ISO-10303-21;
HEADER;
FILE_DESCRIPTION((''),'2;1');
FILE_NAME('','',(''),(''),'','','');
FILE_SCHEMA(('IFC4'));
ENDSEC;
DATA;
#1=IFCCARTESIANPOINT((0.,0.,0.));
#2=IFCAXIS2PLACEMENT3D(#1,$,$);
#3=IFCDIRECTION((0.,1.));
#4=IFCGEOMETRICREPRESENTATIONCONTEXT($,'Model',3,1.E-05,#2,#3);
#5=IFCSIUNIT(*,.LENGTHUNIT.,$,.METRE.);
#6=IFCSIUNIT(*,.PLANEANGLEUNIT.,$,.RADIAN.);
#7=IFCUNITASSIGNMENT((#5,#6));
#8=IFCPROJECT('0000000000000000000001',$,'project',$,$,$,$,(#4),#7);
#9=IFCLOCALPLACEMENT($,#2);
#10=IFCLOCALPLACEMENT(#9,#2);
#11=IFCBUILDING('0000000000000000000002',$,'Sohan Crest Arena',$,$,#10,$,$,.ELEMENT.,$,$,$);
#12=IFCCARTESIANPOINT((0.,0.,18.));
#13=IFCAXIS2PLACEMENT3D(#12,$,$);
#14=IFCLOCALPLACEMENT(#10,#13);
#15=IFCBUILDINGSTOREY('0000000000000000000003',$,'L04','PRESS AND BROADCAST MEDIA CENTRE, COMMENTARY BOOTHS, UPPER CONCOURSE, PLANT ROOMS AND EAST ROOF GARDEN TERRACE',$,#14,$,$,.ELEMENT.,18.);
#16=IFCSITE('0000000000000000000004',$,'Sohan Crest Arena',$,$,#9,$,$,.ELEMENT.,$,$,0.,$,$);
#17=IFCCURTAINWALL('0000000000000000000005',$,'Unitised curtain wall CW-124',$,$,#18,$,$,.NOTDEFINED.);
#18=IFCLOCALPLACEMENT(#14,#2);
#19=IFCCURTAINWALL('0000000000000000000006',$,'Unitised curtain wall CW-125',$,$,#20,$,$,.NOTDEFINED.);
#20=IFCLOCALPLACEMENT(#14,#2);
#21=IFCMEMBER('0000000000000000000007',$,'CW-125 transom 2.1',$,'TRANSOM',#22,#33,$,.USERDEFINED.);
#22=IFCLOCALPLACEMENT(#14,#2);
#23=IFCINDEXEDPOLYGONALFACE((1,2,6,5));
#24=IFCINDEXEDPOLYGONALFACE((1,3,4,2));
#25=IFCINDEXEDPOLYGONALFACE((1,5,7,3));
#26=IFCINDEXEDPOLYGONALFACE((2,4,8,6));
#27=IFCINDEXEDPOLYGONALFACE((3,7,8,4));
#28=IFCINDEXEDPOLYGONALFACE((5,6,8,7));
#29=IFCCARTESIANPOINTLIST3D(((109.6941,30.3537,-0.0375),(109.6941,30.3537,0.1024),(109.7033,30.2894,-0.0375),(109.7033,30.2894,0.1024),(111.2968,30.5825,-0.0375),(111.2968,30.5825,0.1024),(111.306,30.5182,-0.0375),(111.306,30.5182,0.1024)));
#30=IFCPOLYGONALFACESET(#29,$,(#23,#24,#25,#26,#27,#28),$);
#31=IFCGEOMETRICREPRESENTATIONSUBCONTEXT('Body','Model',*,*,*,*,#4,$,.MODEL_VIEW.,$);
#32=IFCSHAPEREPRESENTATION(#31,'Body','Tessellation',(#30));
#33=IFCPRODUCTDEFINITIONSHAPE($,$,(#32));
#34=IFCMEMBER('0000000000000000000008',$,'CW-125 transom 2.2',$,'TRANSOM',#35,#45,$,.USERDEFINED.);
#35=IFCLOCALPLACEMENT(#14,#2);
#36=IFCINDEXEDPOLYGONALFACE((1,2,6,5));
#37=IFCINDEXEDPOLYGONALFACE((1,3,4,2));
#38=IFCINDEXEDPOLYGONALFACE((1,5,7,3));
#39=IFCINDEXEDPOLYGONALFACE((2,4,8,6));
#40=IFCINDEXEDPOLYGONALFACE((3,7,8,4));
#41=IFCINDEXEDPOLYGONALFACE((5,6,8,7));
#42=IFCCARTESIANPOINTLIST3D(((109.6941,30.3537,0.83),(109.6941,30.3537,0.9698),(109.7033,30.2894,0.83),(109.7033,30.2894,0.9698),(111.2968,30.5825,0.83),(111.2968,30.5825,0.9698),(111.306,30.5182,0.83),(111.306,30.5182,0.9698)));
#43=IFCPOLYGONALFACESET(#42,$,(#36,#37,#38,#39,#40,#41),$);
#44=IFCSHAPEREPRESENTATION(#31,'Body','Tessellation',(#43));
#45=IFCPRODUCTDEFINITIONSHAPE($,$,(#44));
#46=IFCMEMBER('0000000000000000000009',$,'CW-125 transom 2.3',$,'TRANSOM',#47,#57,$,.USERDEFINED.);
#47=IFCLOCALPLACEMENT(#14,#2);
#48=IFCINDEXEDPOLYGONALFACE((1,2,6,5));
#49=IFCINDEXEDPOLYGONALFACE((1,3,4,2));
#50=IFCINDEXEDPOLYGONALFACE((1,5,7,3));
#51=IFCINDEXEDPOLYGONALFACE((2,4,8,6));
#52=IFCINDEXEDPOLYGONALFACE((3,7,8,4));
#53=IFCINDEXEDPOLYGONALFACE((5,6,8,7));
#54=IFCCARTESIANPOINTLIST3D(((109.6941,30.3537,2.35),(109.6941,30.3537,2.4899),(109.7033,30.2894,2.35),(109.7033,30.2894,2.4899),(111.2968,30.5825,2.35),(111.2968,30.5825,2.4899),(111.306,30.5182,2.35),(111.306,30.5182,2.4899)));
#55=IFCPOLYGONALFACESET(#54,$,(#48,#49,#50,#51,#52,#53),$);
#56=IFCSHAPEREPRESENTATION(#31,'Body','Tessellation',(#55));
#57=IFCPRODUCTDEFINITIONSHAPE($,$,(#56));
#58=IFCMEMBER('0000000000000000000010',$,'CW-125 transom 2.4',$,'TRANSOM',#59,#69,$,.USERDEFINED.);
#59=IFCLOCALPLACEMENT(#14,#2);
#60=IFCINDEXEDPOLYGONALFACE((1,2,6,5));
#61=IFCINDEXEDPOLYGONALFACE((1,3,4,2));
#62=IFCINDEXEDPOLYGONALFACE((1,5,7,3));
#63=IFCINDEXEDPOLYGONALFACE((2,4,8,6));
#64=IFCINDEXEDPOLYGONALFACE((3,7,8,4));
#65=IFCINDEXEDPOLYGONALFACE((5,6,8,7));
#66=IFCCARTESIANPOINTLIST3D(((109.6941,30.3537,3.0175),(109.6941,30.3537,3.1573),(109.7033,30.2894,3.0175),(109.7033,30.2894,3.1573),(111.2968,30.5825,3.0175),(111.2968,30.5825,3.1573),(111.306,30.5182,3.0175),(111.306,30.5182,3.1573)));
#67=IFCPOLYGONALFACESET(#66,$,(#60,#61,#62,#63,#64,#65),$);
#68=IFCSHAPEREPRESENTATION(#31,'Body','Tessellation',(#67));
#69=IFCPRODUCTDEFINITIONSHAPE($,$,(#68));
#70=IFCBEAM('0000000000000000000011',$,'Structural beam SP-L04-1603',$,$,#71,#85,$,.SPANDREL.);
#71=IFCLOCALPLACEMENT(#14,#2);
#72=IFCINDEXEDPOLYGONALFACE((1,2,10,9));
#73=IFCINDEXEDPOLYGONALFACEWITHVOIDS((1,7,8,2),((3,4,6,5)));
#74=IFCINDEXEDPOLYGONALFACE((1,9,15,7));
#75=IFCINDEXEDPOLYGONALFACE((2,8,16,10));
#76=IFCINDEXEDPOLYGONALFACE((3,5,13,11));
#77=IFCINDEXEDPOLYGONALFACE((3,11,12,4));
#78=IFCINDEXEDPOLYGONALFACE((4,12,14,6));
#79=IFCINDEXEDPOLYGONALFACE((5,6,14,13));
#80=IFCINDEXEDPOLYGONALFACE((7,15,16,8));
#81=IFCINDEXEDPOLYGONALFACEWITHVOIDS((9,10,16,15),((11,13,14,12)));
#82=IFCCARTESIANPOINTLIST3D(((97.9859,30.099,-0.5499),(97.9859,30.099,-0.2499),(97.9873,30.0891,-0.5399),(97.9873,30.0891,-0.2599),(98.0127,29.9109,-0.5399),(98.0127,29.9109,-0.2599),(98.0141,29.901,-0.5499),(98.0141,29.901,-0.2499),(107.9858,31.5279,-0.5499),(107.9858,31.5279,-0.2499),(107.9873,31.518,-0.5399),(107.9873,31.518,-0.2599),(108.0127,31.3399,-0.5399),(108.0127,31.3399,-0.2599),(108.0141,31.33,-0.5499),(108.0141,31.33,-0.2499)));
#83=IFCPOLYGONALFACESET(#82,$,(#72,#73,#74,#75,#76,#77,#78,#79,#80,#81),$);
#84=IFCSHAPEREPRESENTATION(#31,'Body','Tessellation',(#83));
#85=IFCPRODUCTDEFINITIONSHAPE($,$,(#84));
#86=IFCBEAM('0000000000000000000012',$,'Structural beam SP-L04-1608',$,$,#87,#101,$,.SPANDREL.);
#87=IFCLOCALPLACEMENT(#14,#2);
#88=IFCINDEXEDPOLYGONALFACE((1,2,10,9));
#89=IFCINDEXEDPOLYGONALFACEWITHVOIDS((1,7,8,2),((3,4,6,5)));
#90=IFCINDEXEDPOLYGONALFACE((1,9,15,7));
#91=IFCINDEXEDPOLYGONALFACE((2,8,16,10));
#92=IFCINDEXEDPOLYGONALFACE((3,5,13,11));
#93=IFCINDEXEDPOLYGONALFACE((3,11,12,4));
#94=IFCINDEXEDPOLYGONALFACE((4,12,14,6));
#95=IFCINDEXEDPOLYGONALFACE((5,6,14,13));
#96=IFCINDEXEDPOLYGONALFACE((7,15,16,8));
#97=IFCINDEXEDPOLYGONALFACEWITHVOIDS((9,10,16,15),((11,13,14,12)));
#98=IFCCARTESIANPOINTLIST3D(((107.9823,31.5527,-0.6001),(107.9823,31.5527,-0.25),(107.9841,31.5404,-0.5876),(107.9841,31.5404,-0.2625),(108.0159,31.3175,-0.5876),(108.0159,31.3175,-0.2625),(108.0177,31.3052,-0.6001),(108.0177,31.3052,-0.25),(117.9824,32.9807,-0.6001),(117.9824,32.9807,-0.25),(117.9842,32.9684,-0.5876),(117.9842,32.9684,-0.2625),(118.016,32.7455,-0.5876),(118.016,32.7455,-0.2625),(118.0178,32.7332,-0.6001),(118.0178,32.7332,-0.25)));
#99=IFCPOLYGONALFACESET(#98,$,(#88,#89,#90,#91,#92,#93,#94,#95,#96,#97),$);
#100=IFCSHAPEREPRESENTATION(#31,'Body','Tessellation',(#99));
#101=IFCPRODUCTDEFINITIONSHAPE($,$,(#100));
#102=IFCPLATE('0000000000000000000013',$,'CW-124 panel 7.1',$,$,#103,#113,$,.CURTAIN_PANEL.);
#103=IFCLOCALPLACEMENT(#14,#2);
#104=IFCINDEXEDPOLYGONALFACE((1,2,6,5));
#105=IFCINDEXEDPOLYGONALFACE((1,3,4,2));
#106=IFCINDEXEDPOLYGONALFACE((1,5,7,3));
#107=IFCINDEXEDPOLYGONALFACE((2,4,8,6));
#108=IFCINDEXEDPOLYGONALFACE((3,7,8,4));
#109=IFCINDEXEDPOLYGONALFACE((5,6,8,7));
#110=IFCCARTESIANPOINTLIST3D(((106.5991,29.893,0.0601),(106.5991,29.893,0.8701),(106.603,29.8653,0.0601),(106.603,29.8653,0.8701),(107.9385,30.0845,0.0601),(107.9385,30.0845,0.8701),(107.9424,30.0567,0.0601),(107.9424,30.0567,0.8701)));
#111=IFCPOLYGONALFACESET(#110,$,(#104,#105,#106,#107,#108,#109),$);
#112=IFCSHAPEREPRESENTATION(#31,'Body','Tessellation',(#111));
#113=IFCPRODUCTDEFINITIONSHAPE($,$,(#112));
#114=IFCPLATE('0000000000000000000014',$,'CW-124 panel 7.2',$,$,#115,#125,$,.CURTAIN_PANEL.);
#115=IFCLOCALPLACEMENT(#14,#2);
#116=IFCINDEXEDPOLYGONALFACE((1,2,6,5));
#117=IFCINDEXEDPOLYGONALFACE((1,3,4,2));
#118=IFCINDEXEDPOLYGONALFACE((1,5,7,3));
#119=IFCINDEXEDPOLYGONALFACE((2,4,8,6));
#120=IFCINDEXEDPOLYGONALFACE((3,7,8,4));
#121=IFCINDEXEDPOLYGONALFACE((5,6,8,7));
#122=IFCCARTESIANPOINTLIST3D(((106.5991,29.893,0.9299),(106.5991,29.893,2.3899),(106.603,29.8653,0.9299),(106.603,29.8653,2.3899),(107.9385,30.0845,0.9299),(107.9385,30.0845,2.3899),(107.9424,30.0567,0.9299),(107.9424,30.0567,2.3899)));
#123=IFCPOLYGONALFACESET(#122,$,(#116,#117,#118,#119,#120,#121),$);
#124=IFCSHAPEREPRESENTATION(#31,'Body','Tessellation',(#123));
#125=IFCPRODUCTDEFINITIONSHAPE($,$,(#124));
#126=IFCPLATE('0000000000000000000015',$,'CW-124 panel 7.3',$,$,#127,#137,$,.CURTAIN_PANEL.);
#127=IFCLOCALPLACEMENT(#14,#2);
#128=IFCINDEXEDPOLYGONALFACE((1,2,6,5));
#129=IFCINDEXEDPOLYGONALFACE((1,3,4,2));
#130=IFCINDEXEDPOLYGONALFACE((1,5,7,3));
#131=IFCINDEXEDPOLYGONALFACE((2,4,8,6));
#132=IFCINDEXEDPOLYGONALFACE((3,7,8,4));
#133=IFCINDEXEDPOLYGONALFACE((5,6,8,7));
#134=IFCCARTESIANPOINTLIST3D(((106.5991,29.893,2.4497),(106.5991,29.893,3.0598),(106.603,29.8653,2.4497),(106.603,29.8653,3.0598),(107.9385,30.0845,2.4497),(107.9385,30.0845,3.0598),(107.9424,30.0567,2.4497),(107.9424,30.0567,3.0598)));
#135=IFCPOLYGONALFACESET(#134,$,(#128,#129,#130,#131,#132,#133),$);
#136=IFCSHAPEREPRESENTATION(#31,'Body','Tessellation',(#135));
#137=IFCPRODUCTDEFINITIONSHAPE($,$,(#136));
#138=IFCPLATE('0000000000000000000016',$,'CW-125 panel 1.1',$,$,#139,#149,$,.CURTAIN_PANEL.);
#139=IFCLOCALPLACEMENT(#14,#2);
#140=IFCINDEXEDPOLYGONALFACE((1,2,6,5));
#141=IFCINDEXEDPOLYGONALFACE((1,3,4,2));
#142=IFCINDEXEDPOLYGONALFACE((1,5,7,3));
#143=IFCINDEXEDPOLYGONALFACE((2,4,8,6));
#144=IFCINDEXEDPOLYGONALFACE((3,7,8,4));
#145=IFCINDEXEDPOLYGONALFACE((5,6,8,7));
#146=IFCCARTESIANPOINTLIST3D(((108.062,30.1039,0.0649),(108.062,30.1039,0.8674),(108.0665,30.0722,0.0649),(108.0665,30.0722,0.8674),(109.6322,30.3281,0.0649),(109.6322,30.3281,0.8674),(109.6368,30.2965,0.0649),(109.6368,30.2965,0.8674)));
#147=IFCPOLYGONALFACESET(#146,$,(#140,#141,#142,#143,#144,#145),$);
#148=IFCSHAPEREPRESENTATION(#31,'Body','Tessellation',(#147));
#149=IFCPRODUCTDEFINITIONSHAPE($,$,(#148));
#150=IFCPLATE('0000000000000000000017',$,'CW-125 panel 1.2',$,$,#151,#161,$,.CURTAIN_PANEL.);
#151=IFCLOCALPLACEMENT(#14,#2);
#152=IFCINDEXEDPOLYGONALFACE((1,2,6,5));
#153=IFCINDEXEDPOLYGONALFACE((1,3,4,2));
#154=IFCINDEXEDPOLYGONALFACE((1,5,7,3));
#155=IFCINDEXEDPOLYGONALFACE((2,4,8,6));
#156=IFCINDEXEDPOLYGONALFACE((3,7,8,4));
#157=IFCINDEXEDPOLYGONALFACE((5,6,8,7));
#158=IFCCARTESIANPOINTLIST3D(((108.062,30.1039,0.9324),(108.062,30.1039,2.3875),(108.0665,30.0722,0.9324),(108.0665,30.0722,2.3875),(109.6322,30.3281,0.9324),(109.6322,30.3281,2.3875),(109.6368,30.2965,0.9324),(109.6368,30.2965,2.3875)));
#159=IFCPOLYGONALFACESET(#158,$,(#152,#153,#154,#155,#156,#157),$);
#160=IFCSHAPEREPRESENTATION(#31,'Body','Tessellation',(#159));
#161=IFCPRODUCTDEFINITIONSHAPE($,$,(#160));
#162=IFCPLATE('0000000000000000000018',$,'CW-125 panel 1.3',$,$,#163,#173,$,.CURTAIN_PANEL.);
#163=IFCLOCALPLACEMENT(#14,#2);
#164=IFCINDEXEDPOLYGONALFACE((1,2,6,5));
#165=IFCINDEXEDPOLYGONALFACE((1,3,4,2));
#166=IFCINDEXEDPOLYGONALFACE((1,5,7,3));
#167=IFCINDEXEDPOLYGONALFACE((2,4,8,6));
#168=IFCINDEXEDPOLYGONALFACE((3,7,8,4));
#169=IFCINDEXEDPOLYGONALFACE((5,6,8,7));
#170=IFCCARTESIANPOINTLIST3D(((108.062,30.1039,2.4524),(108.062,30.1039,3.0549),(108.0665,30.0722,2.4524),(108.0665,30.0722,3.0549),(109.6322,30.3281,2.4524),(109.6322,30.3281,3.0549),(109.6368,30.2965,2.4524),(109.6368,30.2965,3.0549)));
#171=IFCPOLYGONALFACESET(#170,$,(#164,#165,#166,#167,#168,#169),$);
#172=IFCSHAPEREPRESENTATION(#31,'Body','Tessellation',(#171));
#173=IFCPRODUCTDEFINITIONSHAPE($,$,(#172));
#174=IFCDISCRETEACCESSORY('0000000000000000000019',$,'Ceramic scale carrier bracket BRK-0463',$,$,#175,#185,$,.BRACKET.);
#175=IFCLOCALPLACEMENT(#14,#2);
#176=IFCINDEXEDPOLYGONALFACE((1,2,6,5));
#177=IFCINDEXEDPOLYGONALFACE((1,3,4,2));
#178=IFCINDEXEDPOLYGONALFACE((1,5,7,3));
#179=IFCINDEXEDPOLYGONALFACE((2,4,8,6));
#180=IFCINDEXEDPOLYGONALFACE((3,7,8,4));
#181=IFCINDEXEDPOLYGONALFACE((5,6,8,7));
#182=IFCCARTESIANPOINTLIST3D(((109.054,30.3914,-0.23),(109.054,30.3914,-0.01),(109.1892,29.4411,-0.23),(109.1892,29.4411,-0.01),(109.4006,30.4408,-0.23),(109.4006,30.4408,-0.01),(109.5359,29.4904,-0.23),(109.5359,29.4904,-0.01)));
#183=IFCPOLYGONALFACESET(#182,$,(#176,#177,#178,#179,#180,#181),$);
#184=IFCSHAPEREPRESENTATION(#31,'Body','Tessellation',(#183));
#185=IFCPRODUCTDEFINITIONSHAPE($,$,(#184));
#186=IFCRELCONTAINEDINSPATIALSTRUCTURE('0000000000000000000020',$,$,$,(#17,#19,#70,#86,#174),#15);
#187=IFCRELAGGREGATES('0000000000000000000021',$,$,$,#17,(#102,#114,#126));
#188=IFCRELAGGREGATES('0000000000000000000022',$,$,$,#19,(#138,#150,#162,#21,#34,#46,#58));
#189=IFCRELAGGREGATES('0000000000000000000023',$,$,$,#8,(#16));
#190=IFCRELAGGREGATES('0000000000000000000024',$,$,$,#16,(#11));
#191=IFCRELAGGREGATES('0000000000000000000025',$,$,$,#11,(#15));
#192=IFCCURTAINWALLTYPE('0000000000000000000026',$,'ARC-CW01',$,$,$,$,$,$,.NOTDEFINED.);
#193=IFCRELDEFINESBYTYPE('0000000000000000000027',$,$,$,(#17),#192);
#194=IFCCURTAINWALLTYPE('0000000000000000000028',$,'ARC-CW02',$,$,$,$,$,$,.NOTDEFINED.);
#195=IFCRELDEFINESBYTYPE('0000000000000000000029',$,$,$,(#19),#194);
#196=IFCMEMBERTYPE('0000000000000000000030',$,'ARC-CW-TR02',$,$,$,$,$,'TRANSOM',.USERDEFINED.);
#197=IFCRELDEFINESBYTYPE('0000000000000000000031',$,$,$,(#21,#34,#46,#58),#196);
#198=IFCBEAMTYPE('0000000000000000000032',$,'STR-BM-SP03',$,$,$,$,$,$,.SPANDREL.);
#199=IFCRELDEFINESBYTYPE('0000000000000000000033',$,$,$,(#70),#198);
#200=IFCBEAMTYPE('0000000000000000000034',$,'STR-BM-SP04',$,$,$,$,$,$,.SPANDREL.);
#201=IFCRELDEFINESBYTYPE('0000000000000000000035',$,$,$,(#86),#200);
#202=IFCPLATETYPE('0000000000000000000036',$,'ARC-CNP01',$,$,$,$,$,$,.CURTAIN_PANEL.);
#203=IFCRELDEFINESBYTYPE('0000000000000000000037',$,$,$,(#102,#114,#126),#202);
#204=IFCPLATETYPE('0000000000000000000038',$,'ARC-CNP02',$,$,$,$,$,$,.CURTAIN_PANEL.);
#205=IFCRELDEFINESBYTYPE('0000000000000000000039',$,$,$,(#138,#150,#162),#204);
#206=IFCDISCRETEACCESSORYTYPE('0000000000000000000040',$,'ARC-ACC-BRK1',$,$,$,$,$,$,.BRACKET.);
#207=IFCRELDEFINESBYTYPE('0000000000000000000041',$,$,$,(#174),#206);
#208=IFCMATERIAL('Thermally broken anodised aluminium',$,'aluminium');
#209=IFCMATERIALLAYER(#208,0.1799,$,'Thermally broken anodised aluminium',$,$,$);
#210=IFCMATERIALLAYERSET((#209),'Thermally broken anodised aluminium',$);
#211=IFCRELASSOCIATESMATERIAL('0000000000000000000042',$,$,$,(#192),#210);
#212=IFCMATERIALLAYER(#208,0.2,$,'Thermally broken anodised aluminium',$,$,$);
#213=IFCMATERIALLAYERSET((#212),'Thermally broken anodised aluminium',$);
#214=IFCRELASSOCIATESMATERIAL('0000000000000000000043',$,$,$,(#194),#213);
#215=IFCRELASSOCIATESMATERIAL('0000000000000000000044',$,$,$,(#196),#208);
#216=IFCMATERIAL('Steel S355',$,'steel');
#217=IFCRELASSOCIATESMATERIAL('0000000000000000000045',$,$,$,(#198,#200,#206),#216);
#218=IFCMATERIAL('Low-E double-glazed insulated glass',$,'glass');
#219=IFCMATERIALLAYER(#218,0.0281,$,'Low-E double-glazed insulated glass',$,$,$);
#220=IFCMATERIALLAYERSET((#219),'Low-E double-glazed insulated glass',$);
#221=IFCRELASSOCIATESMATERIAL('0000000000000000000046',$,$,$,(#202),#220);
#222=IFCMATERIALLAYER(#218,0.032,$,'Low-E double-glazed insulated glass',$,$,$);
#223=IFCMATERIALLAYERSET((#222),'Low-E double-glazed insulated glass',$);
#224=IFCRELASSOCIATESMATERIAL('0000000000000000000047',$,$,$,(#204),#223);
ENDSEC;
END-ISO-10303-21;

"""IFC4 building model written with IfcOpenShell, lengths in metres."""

from ifc_helpers import new_model, si_unit, direction, frame, origin, origin_2d, place, context, subcontext, project, spatial, rectangle, hollow_rectangle, extrude, material, layer, layer_set, material_profile, profile_set, type_object, element, aggregate, save


model = new_model("IFC4")

# Units and contexts
model_context = context("Model", 3, precision=1e-05, world=origin(), true_north=direction((0.0, 1.0)))
body_context = subcontext(model_context, "Body", "Model", "MODEL_VIEW")
ifc_project = project(units=[si_unit("LENGTHUNIT", "METRE"), si_unit("PLANEANGLEUNIT", "RADIAN")], contexts=[model_context])

# Site, building, storey
site_placement = place(None, origin())
site = spatial("IfcSite", under=ifc_project, at=site_placement, Name="Sohan Crest Arena", CompositionType="ELEMENT", RefElevation=0.0)
building_placement = place(site_placement, origin())
building = spatial("IfcBuilding", under=site, at=building_placement, Name="Sohan Crest Arena", CompositionType="ELEMENT")
storey_placement = place(building_placement, frame((0.0, 0.0, 18.0)))
storey = spatial("IfcBuildingStorey", under=building, at=storey_placement, Name="L04", Description="PRESS AND BROADCAST MEDIA CENTRE, COMMENTARY BOOTHS, UPPER CONCOURSE, PLANT ROOMS AND EAST ROOF GARDEN TERRACE", CompositionType="ELEMENT", Elevation=18.0)

# Shared definitions
ifc_material_1 = material(Name="Steel S355", Category="steel")

# Curtain walls
ifc_material_2 = material(Name="Thermally broken anodised aluminium", Category="aluminium")
ifc_layer_1 = layer(ifc_material_2, 0.1799, Name="Thermally broken anodised aluminium")
ifc_layer_set_1 = layer_set([ifc_layer_1], Name="Thermally broken anodised aluminium")
curtain_wall_type_1 = type_object("IfcCurtainWallType", Name="ARC-CW01", PredefinedType="NOTDEFINED", material=ifc_layer_set_1)
curtain_wall_1_placement = place(storey_placement, origin())
curtain_wall_1 = element("IfcCurtainWall", 1, at=curtain_wall_1_placement, inside=storey, type_object=curtain_wall_type_1, Name="Unitised curtain wall CW-124", PredefinedType="NOTDEFINED")
ifc_layer_2 = layer(ifc_material_2, 0.2, Name="Thermally broken anodised aluminium")
ifc_layer_set_2 = layer_set([ifc_layer_2], Name="Thermally broken anodised aluminium")
curtain_wall_type_2 = type_object("IfcCurtainWallType", Name="ARC-CW02", PredefinedType="NOTDEFINED", material=ifc_layer_set_2)
curtain_wall_2_placement = place(storey_placement, origin())
curtain_wall_2 = element("IfcCurtainWall", 2, at=curtain_wall_2_placement, inside=storey, type_object=curtain_wall_type_2, Name="Unitised curtain wall CW-125", PredefinedType="NOTDEFINED")

# Members
ifc_material_profile_1 = material_profile(ifc_material_2, rectangle(XDim=0.0649, YDim=0.1399, at=origin_2d()), Name="ALU-TRAN 65x140")
ifc_profile_set_1 = profile_set([ifc_material_profile_1], Name="Thermally broken anodised aluminium")
member_type_1 = type_object("IfcMemberType", Name="ARC-CW-TR02", ElementType="TRANSOM", PredefinedType="USERDEFINED", material=ifc_profile_set_1)
member_1_placement = place(storey_placement, frame((109.6987, 30.3215, 0.0325), z_axis=(0.989965, 0.141316, 0.0), x_axis=(-0.141316, 0.989965, 0.0)))
member_1 = element("IfcMember", 3, at=member_1_placement, type_object=member_type_1, Name="CW-125 transom 2.1", ObjectType="TRANSOM", PredefinedType="USERDEFINED", context=body_context, shape_type="SweptSolid", body=[
    extrude(rectangle(XDim=0.0649, YDim=0.1399, at=origin_2d()), origin(), (0.0, 0.0, 1.0), 1.6189),
])
member_2_placement = place(storey_placement, frame((109.6987, 30.3215, 0.8999), z_axis=(0.989965, 0.141316, 0.0), x_axis=(-0.141316, 0.989965, 0.0)))
member_2 = element("IfcMember", 4, at=member_2_placement, type_object=member_type_1, Name="CW-125 transom 2.2", ObjectType="TRANSOM", PredefinedType="USERDEFINED", context=body_context, shape_type="SweptSolid", body=[
    extrude(rectangle(XDim=0.0649, YDim=0.1399, at=origin_2d()), origin(), (0.0, 0.0, 1.0), 1.6189),
])
member_3_placement = place(storey_placement, frame((109.6987, 30.3215, 2.4199), z_axis=(0.989965, 0.141316, 0.0), x_axis=(-0.141316, 0.989965, 0.0)))
member_3 = element("IfcMember", 5, at=member_3_placement, type_object=member_type_1, Name="CW-125 transom 2.3", ObjectType="TRANSOM", PredefinedType="USERDEFINED", context=body_context, shape_type="SweptSolid", body=[
    extrude(rectangle(XDim=0.0649, YDim=0.1399, at=origin_2d()), origin(), (0.0, 0.0, 1.0), 1.6189),
])
member_4_placement = place(storey_placement, frame((109.6987, 30.3215, 3.0874), z_axis=(0.989965, 0.141316, 0.0), x_axis=(-0.141316, 0.989965, 0.0)))
member_4 = element("IfcMember", 6, at=member_4_placement, type_object=member_type_1, Name="CW-125 transom 2.4", ObjectType="TRANSOM", PredefinedType="USERDEFINED", context=body_context, shape_type="SweptSolid", body=[
    extrude(rectangle(XDim=0.0649, YDim=0.1399, at=origin_2d()), origin(), (0.0, 0.0, 1.0), 1.6189),
])

# Beams
ifc_material_profile_2 = material_profile(ifc_material_1, hollow_rectangle(XDim=0.2, YDim=0.3, WallThickness=0.01, at=origin_2d()), Name="RHS 300x200x10")
ifc_profile_set_2 = profile_set([ifc_material_profile_2], Name="Steel S355")
beam_type_1 = type_object("IfcBeamType", Name="STR-BM-SP03", PredefinedType="SPANDREL", material=ifc_profile_set_2)
beam_1_placement = place(storey_placement, frame((98.0, 30.0, -0.3999), z_axis=(0.989944, 0.141459, 0.0), x_axis=(-0.141459, 0.989944, 0.0)))
element("IfcBeam", 7, at=beam_1_placement, inside=storey, type_object=beam_type_1, Name="Structural beam SP-L04-1603", PredefinedType="SPANDREL", context=body_context, shape_type="SweptSolid", body=[
    extrude(hollow_rectangle(XDim=0.2, YDim=0.3, WallThickness=0.01, at=origin_2d()), origin(), (0.0, 0.0, 1.0), 10.1016),
])
ifc_material_profile_3 = material_profile(ifc_material_1, hollow_rectangle(XDim=0.25, YDim=0.3501, WallThickness=0.0125, at=origin_2d()), Name="RHS 350x250x12.5")
ifc_profile_set_3 = profile_set([ifc_material_profile_3], Name="Steel S355")
beam_type_2 = type_object("IfcBeamType", Name="STR-BM-SP04", PredefinedType="SPANDREL", material=ifc_profile_set_3)
beam_2_placement = place(storey_placement, frame((108.0, 31.429, -0.425), z_axis=(0.989958, 0.141364, 0.0), x_axis=(-0.141364, 0.989958, 0.0)))
element("IfcBeam", 8, at=beam_2_placement, inside=storey, type_object=beam_type_2, Name="Structural beam SP-L04-1608", PredefinedType="SPANDREL", context=body_context, shape_type="SweptSolid", body=[
    extrude(hollow_rectangle(XDim=0.25, YDim=0.3501, WallThickness=0.0125, at=origin_2d()), origin(), (0.0, 0.0, 1.0), 10.1016),
])

# Plates
ifc_material_3 = material(Name="Low-E double-glazed insulated glass", Category="glass")
ifc_layer_3 = layer(ifc_material_3, 0.0281, Name="Low-E double-glazed insulated glass")
ifc_layer_set_3 = layer_set([ifc_layer_3], Name="Low-E double-glazed insulated glass")
plate_type_1 = type_object("IfcPlateType", Name="ARC-CNP01", PredefinedType="CURTAIN_PANEL", material=ifc_layer_set_3)
plate_1_placement = place(storey_placement, frame((107.2708, 29.9749, 0.0601), z_axis=(0.0, 0.0, 1.0), x_axis=(0.989944, 0.141463, 0.0)))
plate_1 = element("IfcPlate", 9, at=plate_1_placement, type_object=plate_type_1, Name="CW-124 panel 7.1", PredefinedType="CURTAIN_PANEL", context=body_context, shape_type="SweptSolid", body=[
    extrude(rectangle(XDim=1.353, YDim=0.0281, at=origin_2d()), origin(), (0.0, 0.0, 1.0), 0.8101),
])
plate_2_placement = place(storey_placement, frame((107.2708, 29.9749, 0.9299), z_axis=(0.0, 0.0, 1.0), x_axis=(0.989944, 0.141463, 0.0)))
plate_2 = element("IfcPlate", 10, at=plate_2_placement, type_object=plate_type_1, Name="CW-124 panel 7.2", PredefinedType="CURTAIN_PANEL", context=body_context, shape_type="SweptSolid", body=[
    extrude(rectangle(XDim=1.353, YDim=0.0281, at=origin_2d()), origin(), (0.0, 0.0, 1.0), 1.46),
])
plate_3_placement = place(storey_placement, frame((107.2708, 29.9749, 2.4497), z_axis=(0.0, 0.0, 1.0), x_axis=(0.989944, 0.141463, 0.0)))
plate_3 = element("IfcPlate", 11, at=plate_3_placement, type_object=plate_type_1, Name="CW-124 panel 7.3", PredefinedType="CURTAIN_PANEL", context=body_context, shape_type="SweptSolid", body=[
    extrude(rectangle(XDim=1.353, YDim=0.0281, at=origin_2d()), origin(), (0.0, 0.0, 1.0), 0.6101),
])
aggregate(curtain_wall_1, [plate_1, plate_2, plate_3])
ifc_layer_4 = layer(ifc_material_3, 0.032, Name="Low-E double-glazed insulated glass")
ifc_layer_set_4 = layer_set([ifc_layer_4], Name="Low-E double-glazed insulated glass")
plate_type_2 = type_object("IfcPlateType", Name="ARC-CNP02", PredefinedType="CURTAIN_PANEL", material=ifc_layer_set_4)
plate_4_placement = place(storey_placement, frame((108.8494, 30.2002, 0.0649), z_axis=(0.0, 0.0, 1.0), x_axis=(0.989957, 0.141366, 0.0)))
plate_4 = element("IfcPlate", 12, at=plate_4_placement, type_object=plate_type_2, Name="CW-125 panel 1.1", PredefinedType="CURTAIN_PANEL", context=body_context, shape_type="SweptSolid", body=[
    extrude(rectangle(XDim=1.5862, YDim=0.032, at=origin_2d()), origin(), (0.0, 0.0, 1.0), 0.8025),
])
plate_5_placement = place(storey_placement, frame((108.8494, 30.2002, 0.9324), z_axis=(0.0, 0.0, 1.0), x_axis=(0.989957, 0.141366, 0.0)))
plate_5 = element("IfcPlate", 13, at=plate_5_placement, type_object=plate_type_2, Name="CW-125 panel 1.2", PredefinedType="CURTAIN_PANEL", context=body_context, shape_type="SweptSolid", body=[
    extrude(rectangle(XDim=1.5862, YDim=0.032, at=origin_2d()), origin(), (0.0, 0.0, 1.0), 1.4551),
])
plate_6_placement = place(storey_placement, frame((108.8494, 30.2002, 2.4524), z_axis=(0.0, 0.0, 1.0), x_axis=(0.989957, 0.141366, 0.0)))
plate_6 = element("IfcPlate", 14, at=plate_6_placement, type_object=plate_type_2, Name="CW-125 panel 1.3", PredefinedType="CURTAIN_PANEL", context=body_context, shape_type="SweptSolid", body=[
    extrude(rectangle(XDim=1.5862, YDim=0.032, at=origin_2d()), origin(), (0.0, 0.0, 1.0), 0.6025),
])
aggregate(curtain_wall_2, [plate_4, plate_5, plate_6, member_1, member_2, member_3, member_4])

# Discrete accessory
discrete_accessory_type = type_object("IfcDiscreteAccessoryType", Name="ARC-ACC-BRK1", PredefinedType="BRACKET", material=ifc_material_1)
discrete_accessory_placement = place(storey_placement, frame((109.2949, 29.9409, -0.23), z_axis=(0.0, 0.0, 1.0), x_axis=(0.990024, 0.140901, 0.0)))
element("IfcDiscreteAccessory", 15, at=discrete_accessory_placement, inside=storey, type_object=discrete_accessory_type, Name="Ceramic scale carrier bracket BRK-0463", PredefinedType="BRACKET", context=body_context, shape_type="SweptSolid", body=[
    extrude(rectangle(XDim=0.3501, YDim=0.96, at=origin_2d()), origin(), (0.0, 0.0, 1.0), 0.22),
])

save(model, "model.ifc")
